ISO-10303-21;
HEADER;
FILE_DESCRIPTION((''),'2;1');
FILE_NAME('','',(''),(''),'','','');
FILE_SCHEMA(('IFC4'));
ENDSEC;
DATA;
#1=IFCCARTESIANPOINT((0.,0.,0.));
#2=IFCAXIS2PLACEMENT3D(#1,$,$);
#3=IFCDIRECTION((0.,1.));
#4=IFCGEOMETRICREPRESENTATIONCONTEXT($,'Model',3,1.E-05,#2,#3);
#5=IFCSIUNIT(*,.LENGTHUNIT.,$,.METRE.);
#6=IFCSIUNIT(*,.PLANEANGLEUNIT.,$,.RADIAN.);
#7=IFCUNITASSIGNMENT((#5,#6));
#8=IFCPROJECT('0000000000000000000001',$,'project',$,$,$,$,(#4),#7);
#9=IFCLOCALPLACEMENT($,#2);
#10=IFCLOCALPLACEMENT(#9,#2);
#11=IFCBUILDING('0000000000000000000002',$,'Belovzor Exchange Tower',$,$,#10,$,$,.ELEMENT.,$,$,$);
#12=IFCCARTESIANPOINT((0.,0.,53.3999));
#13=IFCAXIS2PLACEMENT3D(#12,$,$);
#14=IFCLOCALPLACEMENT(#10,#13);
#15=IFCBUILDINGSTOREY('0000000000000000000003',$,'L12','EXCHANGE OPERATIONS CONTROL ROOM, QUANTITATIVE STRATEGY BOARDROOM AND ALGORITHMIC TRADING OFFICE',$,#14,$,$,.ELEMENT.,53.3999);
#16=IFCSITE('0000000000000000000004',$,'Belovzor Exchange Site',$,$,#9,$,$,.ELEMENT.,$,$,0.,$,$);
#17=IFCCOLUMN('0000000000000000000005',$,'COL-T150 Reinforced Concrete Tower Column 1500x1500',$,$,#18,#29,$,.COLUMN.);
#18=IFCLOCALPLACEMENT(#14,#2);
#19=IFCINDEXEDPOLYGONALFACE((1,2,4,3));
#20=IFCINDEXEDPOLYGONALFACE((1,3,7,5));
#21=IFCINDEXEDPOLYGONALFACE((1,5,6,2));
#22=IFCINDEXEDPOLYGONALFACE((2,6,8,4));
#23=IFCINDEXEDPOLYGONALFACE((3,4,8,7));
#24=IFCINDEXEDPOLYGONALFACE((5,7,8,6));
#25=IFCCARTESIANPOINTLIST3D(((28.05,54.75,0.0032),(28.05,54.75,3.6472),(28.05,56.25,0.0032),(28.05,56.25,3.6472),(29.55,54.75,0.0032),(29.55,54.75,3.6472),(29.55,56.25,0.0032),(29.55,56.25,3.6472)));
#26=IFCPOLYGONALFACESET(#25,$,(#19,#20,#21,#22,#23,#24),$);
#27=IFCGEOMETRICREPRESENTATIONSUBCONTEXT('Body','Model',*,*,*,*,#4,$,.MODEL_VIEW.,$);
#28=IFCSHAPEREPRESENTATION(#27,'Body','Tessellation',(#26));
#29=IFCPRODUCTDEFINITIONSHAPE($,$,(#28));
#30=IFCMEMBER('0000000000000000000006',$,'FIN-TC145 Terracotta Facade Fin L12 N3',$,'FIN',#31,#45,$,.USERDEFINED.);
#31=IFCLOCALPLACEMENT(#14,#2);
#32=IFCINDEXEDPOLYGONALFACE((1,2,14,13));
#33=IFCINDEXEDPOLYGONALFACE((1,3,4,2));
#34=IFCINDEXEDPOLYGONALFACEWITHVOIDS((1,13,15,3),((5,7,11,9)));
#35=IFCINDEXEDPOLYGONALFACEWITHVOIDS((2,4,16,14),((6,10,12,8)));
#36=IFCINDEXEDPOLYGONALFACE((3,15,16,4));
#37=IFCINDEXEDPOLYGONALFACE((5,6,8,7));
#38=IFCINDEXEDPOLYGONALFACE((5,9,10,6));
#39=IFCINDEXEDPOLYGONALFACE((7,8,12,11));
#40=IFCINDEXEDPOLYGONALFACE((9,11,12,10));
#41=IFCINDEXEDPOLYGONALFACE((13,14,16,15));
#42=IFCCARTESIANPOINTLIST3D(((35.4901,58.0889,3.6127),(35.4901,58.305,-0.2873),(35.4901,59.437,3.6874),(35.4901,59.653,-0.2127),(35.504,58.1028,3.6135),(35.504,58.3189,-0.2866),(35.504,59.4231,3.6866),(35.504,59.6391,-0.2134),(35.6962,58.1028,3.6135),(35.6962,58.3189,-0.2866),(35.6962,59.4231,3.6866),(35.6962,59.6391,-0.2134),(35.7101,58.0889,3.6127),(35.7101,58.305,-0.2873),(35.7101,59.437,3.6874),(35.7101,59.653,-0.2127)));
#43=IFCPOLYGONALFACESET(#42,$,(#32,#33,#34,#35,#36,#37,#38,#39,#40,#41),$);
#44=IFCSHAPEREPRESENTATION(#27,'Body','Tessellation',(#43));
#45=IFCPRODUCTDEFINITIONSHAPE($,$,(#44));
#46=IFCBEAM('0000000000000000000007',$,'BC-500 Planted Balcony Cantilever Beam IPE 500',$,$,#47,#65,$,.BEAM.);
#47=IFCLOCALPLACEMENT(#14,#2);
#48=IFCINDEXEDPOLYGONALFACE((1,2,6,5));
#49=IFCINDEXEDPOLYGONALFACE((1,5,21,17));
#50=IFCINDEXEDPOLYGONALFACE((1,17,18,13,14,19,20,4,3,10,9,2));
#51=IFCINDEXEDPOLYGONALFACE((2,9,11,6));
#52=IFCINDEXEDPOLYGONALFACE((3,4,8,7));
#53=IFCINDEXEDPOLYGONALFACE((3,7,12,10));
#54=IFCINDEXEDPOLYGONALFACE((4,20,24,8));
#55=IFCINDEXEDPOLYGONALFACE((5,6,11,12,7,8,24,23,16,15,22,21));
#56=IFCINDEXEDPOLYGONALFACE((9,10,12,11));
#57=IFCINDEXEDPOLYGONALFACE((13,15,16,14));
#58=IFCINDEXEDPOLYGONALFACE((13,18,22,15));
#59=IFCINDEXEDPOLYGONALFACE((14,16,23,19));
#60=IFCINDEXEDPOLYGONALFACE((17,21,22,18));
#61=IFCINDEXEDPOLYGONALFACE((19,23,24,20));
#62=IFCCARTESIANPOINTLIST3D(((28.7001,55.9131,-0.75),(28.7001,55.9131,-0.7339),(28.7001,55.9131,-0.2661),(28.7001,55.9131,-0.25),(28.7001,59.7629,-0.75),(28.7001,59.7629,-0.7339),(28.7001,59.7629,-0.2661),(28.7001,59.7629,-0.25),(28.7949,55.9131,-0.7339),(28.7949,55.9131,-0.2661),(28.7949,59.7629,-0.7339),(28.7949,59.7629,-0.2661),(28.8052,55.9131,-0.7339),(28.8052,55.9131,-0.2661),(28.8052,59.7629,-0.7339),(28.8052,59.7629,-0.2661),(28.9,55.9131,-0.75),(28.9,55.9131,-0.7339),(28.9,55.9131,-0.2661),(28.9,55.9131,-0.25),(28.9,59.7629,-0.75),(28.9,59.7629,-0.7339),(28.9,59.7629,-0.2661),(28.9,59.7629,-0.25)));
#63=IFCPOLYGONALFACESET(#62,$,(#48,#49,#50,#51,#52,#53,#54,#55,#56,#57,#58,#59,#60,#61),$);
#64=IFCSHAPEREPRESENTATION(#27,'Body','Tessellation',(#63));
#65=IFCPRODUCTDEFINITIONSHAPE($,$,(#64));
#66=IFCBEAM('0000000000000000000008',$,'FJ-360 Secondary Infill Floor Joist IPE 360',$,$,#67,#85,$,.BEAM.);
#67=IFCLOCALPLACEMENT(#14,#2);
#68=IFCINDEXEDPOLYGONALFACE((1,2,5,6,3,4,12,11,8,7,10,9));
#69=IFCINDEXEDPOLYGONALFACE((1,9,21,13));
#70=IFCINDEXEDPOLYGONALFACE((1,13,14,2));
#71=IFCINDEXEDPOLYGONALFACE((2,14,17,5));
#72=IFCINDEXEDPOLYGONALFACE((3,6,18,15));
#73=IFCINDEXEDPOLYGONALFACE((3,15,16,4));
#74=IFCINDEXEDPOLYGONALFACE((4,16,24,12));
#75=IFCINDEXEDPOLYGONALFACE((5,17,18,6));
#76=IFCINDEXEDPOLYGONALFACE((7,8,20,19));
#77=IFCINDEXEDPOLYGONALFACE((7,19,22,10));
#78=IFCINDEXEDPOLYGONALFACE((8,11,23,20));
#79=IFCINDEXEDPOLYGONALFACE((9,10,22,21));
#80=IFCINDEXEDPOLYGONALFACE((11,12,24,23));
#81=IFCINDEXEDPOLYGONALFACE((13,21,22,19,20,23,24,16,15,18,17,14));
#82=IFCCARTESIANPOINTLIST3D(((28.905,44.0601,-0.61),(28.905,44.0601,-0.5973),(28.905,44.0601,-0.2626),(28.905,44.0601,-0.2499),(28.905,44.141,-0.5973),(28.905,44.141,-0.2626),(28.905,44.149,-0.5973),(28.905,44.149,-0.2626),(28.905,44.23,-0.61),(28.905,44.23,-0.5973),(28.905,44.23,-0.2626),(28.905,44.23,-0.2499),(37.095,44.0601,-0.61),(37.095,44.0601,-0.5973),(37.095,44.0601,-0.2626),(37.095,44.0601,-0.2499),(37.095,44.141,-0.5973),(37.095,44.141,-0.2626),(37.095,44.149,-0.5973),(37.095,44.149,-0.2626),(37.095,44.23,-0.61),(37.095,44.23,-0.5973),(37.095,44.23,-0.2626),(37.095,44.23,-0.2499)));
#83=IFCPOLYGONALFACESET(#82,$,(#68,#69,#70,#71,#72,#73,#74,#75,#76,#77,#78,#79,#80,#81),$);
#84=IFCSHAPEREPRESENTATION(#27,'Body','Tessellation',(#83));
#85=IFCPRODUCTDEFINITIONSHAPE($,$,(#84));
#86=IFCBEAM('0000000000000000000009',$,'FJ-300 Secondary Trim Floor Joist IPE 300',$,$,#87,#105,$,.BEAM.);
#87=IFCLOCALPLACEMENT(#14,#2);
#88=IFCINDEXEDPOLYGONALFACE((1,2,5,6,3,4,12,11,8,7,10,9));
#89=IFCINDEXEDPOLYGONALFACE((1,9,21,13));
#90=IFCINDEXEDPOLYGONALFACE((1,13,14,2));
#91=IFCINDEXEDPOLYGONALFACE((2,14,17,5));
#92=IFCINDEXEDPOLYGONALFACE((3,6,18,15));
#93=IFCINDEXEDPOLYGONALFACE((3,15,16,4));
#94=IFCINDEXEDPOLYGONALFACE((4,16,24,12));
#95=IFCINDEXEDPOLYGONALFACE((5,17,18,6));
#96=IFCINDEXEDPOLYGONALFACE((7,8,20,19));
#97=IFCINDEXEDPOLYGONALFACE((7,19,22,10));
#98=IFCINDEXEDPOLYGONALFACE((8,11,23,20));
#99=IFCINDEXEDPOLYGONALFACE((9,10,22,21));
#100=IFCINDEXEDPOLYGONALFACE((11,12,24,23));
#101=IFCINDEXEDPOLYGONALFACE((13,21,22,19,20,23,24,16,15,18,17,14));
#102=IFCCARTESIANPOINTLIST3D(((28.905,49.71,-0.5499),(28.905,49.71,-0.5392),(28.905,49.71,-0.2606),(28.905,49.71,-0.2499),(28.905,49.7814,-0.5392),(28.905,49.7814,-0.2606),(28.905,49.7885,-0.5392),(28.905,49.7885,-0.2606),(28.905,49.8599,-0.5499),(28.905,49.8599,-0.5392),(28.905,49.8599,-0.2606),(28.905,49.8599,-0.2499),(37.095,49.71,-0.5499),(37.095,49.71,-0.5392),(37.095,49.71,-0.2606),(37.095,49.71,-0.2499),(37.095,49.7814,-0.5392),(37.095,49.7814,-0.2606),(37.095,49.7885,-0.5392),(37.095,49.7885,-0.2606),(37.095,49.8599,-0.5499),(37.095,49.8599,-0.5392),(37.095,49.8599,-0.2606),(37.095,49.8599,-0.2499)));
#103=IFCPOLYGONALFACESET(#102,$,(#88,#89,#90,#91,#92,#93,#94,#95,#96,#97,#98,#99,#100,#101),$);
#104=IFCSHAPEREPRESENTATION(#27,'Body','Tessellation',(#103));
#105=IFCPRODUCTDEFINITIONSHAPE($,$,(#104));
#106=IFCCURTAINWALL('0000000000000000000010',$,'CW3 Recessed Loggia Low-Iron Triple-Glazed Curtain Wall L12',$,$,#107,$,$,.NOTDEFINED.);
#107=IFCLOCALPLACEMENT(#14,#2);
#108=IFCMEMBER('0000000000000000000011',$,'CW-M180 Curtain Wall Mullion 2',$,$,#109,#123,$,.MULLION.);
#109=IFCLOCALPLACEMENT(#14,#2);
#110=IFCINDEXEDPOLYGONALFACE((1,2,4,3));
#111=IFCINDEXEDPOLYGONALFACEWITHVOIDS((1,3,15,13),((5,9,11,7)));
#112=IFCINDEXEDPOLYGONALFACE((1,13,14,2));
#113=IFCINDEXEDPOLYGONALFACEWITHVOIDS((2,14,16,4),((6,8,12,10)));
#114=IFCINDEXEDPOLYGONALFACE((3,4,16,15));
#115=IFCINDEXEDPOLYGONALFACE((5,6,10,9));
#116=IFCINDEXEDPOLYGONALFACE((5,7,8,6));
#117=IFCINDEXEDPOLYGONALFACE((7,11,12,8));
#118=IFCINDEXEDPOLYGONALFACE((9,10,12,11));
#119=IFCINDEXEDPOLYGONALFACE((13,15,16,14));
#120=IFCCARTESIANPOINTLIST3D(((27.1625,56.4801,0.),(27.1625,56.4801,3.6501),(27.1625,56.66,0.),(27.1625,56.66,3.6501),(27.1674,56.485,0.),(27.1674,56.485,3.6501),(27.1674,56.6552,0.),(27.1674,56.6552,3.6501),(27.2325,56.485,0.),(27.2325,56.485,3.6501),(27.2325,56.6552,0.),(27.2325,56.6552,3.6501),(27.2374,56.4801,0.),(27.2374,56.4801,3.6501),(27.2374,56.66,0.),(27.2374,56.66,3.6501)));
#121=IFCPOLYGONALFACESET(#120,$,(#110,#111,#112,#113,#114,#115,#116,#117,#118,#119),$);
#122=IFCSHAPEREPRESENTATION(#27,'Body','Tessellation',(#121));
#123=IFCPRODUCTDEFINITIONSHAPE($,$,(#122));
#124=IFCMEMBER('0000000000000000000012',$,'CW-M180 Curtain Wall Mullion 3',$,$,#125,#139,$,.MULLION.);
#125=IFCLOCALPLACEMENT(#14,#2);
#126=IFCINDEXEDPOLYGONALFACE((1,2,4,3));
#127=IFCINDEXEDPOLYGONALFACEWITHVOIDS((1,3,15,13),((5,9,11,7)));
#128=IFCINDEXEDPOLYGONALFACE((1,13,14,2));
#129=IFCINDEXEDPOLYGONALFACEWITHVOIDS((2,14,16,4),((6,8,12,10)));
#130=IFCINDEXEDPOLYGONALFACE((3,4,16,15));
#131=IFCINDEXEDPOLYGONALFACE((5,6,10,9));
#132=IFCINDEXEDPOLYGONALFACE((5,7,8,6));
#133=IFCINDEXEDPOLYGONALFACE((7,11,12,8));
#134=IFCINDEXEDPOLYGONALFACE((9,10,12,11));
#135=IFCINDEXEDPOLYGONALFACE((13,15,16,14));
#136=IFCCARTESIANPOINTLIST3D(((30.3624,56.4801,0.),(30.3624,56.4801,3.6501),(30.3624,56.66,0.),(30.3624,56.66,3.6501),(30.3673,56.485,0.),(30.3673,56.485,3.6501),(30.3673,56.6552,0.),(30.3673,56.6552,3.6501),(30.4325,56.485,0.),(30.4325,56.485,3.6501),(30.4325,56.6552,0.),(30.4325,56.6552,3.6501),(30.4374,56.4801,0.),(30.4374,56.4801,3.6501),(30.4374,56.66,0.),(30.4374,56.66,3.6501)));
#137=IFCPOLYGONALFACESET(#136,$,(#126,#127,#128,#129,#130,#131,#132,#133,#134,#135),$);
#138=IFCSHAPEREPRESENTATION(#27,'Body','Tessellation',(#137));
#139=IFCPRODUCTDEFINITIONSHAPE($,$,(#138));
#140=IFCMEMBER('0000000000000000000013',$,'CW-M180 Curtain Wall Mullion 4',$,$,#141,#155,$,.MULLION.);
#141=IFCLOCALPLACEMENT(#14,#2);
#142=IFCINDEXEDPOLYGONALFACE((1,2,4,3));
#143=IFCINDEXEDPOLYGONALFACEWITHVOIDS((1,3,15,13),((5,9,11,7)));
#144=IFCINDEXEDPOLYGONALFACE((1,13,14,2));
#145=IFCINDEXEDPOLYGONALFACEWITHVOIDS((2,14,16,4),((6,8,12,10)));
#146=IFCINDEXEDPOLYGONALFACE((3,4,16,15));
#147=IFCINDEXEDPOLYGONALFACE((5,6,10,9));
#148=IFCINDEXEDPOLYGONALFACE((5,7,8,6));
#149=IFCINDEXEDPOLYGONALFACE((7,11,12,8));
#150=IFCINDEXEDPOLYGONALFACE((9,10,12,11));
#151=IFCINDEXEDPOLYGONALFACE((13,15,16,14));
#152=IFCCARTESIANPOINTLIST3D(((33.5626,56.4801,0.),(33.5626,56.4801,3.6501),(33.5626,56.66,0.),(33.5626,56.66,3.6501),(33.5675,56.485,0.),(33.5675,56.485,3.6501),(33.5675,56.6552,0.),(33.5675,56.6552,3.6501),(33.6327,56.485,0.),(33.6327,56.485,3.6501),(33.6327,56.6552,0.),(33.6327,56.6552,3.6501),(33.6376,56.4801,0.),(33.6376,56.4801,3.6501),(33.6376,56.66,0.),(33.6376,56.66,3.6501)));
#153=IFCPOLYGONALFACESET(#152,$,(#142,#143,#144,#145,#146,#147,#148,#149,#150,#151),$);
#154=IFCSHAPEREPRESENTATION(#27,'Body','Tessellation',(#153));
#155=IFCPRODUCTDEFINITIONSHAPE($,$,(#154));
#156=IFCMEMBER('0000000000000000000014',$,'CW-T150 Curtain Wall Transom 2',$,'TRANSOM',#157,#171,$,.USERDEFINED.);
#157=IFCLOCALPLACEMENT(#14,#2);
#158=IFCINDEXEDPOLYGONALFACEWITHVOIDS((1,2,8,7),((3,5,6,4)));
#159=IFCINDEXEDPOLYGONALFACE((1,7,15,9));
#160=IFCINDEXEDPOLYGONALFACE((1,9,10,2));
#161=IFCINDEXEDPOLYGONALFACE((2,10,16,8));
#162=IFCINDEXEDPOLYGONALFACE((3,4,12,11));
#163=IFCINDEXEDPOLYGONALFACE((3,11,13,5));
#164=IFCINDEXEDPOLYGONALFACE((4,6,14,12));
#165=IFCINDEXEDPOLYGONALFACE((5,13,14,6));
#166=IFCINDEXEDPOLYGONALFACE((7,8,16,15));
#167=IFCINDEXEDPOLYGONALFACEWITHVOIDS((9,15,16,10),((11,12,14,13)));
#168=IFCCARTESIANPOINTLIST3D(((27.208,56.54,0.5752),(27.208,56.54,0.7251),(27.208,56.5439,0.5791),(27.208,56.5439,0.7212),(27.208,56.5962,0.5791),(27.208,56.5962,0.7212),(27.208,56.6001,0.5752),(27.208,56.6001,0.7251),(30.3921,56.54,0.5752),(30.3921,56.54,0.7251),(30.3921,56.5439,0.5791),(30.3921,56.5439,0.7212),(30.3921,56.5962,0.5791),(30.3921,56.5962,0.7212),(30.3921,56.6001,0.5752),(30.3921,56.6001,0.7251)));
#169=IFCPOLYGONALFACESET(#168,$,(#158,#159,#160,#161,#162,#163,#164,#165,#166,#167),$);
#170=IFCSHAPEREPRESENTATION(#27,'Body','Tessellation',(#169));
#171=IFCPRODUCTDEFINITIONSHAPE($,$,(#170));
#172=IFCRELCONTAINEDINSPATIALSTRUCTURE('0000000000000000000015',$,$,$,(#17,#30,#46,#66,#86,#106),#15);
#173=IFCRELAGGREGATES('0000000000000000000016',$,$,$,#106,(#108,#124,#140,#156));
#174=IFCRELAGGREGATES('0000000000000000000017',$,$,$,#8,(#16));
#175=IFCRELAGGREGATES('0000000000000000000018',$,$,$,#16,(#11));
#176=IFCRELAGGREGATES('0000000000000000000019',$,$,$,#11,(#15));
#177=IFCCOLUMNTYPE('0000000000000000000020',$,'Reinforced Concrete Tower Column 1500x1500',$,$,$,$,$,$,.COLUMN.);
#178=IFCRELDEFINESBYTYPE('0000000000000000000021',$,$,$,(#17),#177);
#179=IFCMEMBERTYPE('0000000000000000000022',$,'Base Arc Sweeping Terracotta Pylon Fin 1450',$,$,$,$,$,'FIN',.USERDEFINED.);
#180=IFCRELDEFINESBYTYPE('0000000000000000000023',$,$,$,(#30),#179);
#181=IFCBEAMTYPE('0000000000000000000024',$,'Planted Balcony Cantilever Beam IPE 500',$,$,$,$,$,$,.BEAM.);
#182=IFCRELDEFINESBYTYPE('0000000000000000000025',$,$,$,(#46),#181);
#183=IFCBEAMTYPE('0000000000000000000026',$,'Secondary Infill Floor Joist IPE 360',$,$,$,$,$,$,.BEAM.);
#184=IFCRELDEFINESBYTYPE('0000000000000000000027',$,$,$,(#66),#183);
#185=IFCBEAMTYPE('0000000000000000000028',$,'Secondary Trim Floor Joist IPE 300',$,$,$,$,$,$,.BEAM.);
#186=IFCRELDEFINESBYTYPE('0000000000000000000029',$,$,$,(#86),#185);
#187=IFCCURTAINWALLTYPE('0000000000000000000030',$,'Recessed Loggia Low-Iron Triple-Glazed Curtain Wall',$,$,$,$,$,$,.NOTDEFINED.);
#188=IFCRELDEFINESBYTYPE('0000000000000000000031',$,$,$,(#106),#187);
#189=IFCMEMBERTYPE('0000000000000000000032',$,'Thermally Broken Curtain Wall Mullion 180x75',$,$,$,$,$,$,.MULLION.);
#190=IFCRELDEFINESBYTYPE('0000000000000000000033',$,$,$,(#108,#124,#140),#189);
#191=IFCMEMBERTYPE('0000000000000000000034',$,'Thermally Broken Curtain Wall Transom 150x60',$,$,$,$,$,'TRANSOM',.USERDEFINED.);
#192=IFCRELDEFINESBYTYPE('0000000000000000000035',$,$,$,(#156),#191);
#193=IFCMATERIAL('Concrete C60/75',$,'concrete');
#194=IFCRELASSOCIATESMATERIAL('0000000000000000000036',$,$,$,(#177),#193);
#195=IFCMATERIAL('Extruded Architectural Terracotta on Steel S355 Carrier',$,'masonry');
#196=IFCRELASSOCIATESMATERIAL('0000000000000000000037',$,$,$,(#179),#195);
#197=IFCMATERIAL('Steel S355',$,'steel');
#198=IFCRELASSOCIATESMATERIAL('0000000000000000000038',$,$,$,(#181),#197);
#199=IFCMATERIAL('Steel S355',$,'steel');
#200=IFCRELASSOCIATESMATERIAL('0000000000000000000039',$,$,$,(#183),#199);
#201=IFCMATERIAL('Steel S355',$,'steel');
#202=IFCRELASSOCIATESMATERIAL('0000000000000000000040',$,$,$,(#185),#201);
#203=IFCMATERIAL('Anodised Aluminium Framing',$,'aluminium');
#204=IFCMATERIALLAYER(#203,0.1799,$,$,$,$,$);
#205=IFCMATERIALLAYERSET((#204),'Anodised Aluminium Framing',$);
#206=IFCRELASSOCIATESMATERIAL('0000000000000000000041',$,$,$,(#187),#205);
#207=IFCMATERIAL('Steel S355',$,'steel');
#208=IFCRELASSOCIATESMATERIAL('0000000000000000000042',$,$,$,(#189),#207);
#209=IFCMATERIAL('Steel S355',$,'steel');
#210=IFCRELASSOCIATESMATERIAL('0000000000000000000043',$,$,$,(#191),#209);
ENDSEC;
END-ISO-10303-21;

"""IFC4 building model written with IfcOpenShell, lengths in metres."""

from ifc_helpers import new_model, si_unit, direction, frame, origin, origin_2d, place, context, subcontext, project, spatial, rectangle, hollow_rectangle, i_section, extrude, material, layer, layer_set, material_profile, profile_set, type_object, element, aggregate, save


model = new_model("IFC4")

# Units and contexts
model_context = context("Model", 3, precision=1e-05, world=origin(), true_north=direction((0.0, 1.0)))
body_context = subcontext(model_context, "Body", "Model", "MODEL_VIEW")
ifc_project = project(units=[si_unit("LENGTHUNIT", "METRE"), si_unit("PLANEANGLEUNIT", "RADIAN")], contexts=[model_context])

# Site, building, storey
site_placement = place(None, origin())
site = spatial("IfcSite", under=ifc_project, at=site_placement, Name="Belovzor Exchange Site", CompositionType="ELEMENT", RefElevation=0.0)
building_placement = place(site_placement, origin())
building = spatial("IfcBuilding", under=site, at=building_placement, Name="Belovzor Exchange Tower", CompositionType="ELEMENT")
storey_placement = place(building_placement, frame((0.0, 0.0, 53.3999)))
storey = spatial("IfcBuildingStorey", under=building, at=storey_placement, Name="L12", Description="EXCHANGE OPERATIONS CONTROL ROOM, QUANTITATIVE STRATEGY BOARDROOM AND ALGORITHMIC TRADING OFFICE", CompositionType="ELEMENT", Elevation=53.3999)

# Column
ifc_material_1 = material(Name="Concrete C60/75", Category="concrete")
ifc_material_profile_1 = material_profile(ifc_material_1, rectangle(XDim=1.5, YDim=1.5, at=origin_2d()))
ifc_profile_set_1 = profile_set([ifc_material_profile_1], Name="Concrete C60/75")
column_type = type_object("IfcColumnType", Name="Reinforced Concrete Tower Column 1500x1500", PredefinedType="COLUMN", material=ifc_profile_set_1)
column_placement = place(storey_placement, frame((28.8, 55.5, 0.0032), z_axis=(0.0, 0.0, 1.0), x_axis=(1.0, 0.0, 0.0)))
element("IfcColumn", 1, at=column_placement, inside=storey, type_object=column_type, Name="COL-T150 Reinforced Concrete Tower Column 1500x1500", PredefinedType="COLUMN", context=body_context, shape_type="SweptSolid", body=[
    extrude(rectangle(XDim=1.5, YDim=1.5, at=origin_2d()), origin(), (0.0, 0.0, 1.0), 3.644),
])

# Member
ifc_material_2 = material(Name="Extruded Architectural Terracotta on Steel S355 Carrier", Category="masonry")
ifc_material_profile_2 = material_profile(ifc_material_2, hollow_rectangle(XDim=0.22, YDim=1.3501, WallThickness=0.0139, at=origin_2d()))
ifc_profile_set_2 = profile_set([ifc_material_profile_2], Name="Extruded Architectural Terracotta on Steel S355 Carrier")
member_type_1 = type_object("IfcMemberType", Name="Base Arc Sweeping Terracotta Pylon Fin 1450", ElementType="FIN", PredefinedType="USERDEFINED", material=ifc_profile_set_2)
member_1_placement = place(storey_placement, frame((35.6001, 58.979, -0.25), z_axis=(0.0, -0.055314, 0.998469), x_axis=(1.0, 0.0, 0.0)))
element("IfcMember", 2, at=member_1_placement, inside=storey, type_object=member_type_1, Name="FIN-TC145 Terracotta Facade Fin L12 N3", ObjectType="FIN", PredefinedType="USERDEFINED", context=body_context, shape_type="SweptSolid", body=[
    extrude(hollow_rectangle(XDim=0.22, YDim=1.3501, WallThickness=0.0139, at=origin_2d()), origin(), (0.0, 0.0, 1.0), 3.906),
])

# Beams
ifc_material_3 = material(Name="Steel S355", Category="steel")
ifc_material_profile_3 = material_profile(ifc_material_3, i_section(OverallWidth=0.2, OverallDepth=0.5, WebThickness=0.0103, FlangeThickness=0.0161, at=origin_2d()))
ifc_profile_set_3 = profile_set([ifc_material_profile_3], Name="Steel S355")
beam_type_1 = type_object("IfcBeamType", Name="Planted Balcony Cantilever Beam IPE 500", PredefinedType="BEAM", material=ifc_profile_set_3)
beam_1_placement = place(storey_placement, frame((28.8, 55.9131, -0.5), z_axis=(0.0, 1.0, 0.0), x_axis=(-1.0, 0.0, 0.0)))
element("IfcBeam", 3, at=beam_1_placement, inside=storey, type_object=beam_type_1, Name="BC-500 Planted Balcony Cantilever Beam IPE 500", PredefinedType="BEAM", context=body_context, shape_type="SweptSolid", body=[
    extrude(i_section(OverallWidth=0.2, OverallDepth=0.5, WebThickness=0.0103, FlangeThickness=0.0161, at=origin_2d()), origin(), (0.0, 0.0, 1.0), 3.8499),
])
ifc_material_4 = material(Name="Steel S355", Category="steel")
ifc_material_profile_4 = material_profile(ifc_material_4, i_section(OverallWidth=0.1699, OverallDepth=0.3601, WebThickness=0.0081, FlangeThickness=0.0127, at=origin_2d()))
ifc_profile_set_4 = profile_set([ifc_material_profile_4], Name="Steel S355")
beam_type_2 = type_object("IfcBeamType", Name="Secondary Infill Floor Joist IPE 360", PredefinedType="BEAM", material=ifc_profile_set_4)
beam_2_placement = place(storey_placement, frame((28.905, 44.145, -0.4299), z_axis=(1.0, 0.0, 0.0), x_axis=(0.0, 1.0, 0.0)))
element("IfcBeam", 4, at=beam_2_placement, inside=storey, type_object=beam_type_2, Name="FJ-360 Secondary Infill Floor Joist IPE 360", PredefinedType="BEAM", context=body_context, shape_type="SweptSolid", body=[
    extrude(i_section(OverallWidth=0.1699, OverallDepth=0.3601, WebThickness=0.0081, FlangeThickness=0.0127, at=origin_2d()), origin(), (0.0, 0.0, 1.0), 8.1899),
])
ifc_material_5 = material(Name="Steel S355", Category="steel")
ifc_material_profile_5 = material_profile(ifc_material_5, i_section(OverallWidth=0.1499, OverallDepth=0.3, WebThickness=0.0071, FlangeThickness=0.0107, at=origin_2d()))
ifc_profile_set_5 = profile_set([ifc_material_profile_5], Name="Steel S355")
beam_type_3 = type_object("IfcBeamType", Name="Secondary Trim Floor Joist IPE 300", PredefinedType="BEAM", material=ifc_profile_set_5)
beam_3_placement = place(storey_placement, frame((28.905, 49.7849, -0.3999), z_axis=(1.0, 0.0, 0.0), x_axis=(0.0, 1.0, 0.0)))
element("IfcBeam", 5, at=beam_3_placement, inside=storey, type_object=beam_type_3, Name="FJ-300 Secondary Trim Floor Joist IPE 300", PredefinedType="BEAM", context=body_context, shape_type="SweptSolid", body=[
    extrude(i_section(OverallWidth=0.1499, OverallDepth=0.3, WebThickness=0.0071, FlangeThickness=0.0107, at=origin_2d()), origin(), (0.0, 0.0, 1.0), 8.1899),
])

# Curtain wall, members
ifc_material_6 = material(Name="Anodised Aluminium Framing", Category="aluminium")
ifc_layer_1 = layer(ifc_material_6, 0.1799)
ifc_layer_set_1 = layer_set([ifc_layer_1], Name="Anodised Aluminium Framing")
curtain_wall_type = type_object("IfcCurtainWallType", Name="Recessed Loggia Low-Iron Triple-Glazed Curtain Wall", PredefinedType="NOTDEFINED", material=ifc_layer_set_1)
curtain_wall_placement = place(storey_placement, origin())
curtain_wall = element("IfcCurtainWall", 6, at=curtain_wall_placement, inside=storey, type_object=curtain_wall_type, Name="CW3 Recessed Loggia Low-Iron Triple-Glazed Curtain Wall L12", PredefinedType="NOTDEFINED")
ifc_material_7 = material(Name="Steel S355", Category="steel")
ifc_material_profile_6 = material_profile(ifc_material_7, hollow_rectangle(XDim=0.075, YDim=0.1799, WallThickness=0.0049, at=origin_2d()))
ifc_profile_set_6 = profile_set([ifc_material_profile_6], Name="Steel S355")
member_type_2 = type_object("IfcMemberType", Name="Thermally Broken Curtain Wall Mullion 180x75", PredefinedType="MULLION", material=ifc_profile_set_6)
member_2_placement = place(storey_placement, frame((27.2, 56.5701, 0.0), z_axis=(0.0, 0.0, 1.0), x_axis=(1.0, 0.0, 0.0)))
member_2 = element("IfcMember", 7, at=member_2_placement, type_object=member_type_2, Name="CW-M180 Curtain Wall Mullion 2", PredefinedType="MULLION", context=body_context, shape_type="SweptSolid", body=[
    extrude(hollow_rectangle(XDim=0.075, YDim=0.1799, WallThickness=0.0049, at=origin_2d()), origin(), (0.0, 0.0, 1.0), 3.6501),
])
member_3_placement = place(storey_placement, frame((30.3999, 56.5701, 0.0), z_axis=(0.0, 0.0, 1.0), x_axis=(1.0, 0.0, 0.0)))
member_3 = element("IfcMember", 8, at=member_3_placement, type_object=member_type_2, Name="CW-M180 Curtain Wall Mullion 3", PredefinedType="MULLION", context=body_context, shape_type="SweptSolid", body=[
    extrude(hollow_rectangle(XDim=0.075, YDim=0.1799, WallThickness=0.0049, at=origin_2d()), origin(), (0.0, 0.0, 1.0), 3.6501),
])
member_4_placement = place(storey_placement, frame((33.6001, 56.5701, 0.0), z_axis=(0.0, 0.0, 1.0), x_axis=(1.0, 0.0, 0.0)))
member_4 = element("IfcMember", 9, at=member_4_placement, type_object=member_type_2, Name="CW-M180 Curtain Wall Mullion 4", PredefinedType="MULLION", context=body_context, shape_type="SweptSolid", body=[
    extrude(hollow_rectangle(XDim=0.075, YDim=0.1799, WallThickness=0.0049, at=origin_2d()), origin(), (0.0, 0.0, 1.0), 3.6501),
])
ifc_material_8 = material(Name="Steel S355", Category="steel")
ifc_material_profile_7 = material_profile(ifc_material_8, hollow_rectangle(XDim=0.0601, YDim=0.1499, WallThickness=0.0039, at=origin_2d()))
ifc_profile_set_7 = profile_set([ifc_material_profile_7], Name="Steel S355")
member_type_3 = type_object("IfcMemberType", Name="Thermally Broken Curtain Wall Transom 150x60", ElementType="TRANSOM", PredefinedType="USERDEFINED", material=ifc_profile_set_7)
member_5_placement = place(storey_placement, frame((27.208, 56.5701, 0.6501), z_axis=(1.0, 0.0, 0.0), x_axis=(0.0, 1.0, 0.0)))
member_5 = element("IfcMember", 10, at=member_5_placement, type_object=member_type_3, Name="CW-T150 Curtain Wall Transom 2", ObjectType="TRANSOM", PredefinedType="USERDEFINED", context=body_context, shape_type="SweptSolid", body=[
    extrude(hollow_rectangle(XDim=0.0601, YDim=0.1499, WallThickness=0.0039, at=origin_2d()), origin(), (0.0, 0.0, 1.0), 3.1841),
])

aggregate(curtain_wall, [member_2, member_3, member_4, member_5])

save(model, "model.ifc")
